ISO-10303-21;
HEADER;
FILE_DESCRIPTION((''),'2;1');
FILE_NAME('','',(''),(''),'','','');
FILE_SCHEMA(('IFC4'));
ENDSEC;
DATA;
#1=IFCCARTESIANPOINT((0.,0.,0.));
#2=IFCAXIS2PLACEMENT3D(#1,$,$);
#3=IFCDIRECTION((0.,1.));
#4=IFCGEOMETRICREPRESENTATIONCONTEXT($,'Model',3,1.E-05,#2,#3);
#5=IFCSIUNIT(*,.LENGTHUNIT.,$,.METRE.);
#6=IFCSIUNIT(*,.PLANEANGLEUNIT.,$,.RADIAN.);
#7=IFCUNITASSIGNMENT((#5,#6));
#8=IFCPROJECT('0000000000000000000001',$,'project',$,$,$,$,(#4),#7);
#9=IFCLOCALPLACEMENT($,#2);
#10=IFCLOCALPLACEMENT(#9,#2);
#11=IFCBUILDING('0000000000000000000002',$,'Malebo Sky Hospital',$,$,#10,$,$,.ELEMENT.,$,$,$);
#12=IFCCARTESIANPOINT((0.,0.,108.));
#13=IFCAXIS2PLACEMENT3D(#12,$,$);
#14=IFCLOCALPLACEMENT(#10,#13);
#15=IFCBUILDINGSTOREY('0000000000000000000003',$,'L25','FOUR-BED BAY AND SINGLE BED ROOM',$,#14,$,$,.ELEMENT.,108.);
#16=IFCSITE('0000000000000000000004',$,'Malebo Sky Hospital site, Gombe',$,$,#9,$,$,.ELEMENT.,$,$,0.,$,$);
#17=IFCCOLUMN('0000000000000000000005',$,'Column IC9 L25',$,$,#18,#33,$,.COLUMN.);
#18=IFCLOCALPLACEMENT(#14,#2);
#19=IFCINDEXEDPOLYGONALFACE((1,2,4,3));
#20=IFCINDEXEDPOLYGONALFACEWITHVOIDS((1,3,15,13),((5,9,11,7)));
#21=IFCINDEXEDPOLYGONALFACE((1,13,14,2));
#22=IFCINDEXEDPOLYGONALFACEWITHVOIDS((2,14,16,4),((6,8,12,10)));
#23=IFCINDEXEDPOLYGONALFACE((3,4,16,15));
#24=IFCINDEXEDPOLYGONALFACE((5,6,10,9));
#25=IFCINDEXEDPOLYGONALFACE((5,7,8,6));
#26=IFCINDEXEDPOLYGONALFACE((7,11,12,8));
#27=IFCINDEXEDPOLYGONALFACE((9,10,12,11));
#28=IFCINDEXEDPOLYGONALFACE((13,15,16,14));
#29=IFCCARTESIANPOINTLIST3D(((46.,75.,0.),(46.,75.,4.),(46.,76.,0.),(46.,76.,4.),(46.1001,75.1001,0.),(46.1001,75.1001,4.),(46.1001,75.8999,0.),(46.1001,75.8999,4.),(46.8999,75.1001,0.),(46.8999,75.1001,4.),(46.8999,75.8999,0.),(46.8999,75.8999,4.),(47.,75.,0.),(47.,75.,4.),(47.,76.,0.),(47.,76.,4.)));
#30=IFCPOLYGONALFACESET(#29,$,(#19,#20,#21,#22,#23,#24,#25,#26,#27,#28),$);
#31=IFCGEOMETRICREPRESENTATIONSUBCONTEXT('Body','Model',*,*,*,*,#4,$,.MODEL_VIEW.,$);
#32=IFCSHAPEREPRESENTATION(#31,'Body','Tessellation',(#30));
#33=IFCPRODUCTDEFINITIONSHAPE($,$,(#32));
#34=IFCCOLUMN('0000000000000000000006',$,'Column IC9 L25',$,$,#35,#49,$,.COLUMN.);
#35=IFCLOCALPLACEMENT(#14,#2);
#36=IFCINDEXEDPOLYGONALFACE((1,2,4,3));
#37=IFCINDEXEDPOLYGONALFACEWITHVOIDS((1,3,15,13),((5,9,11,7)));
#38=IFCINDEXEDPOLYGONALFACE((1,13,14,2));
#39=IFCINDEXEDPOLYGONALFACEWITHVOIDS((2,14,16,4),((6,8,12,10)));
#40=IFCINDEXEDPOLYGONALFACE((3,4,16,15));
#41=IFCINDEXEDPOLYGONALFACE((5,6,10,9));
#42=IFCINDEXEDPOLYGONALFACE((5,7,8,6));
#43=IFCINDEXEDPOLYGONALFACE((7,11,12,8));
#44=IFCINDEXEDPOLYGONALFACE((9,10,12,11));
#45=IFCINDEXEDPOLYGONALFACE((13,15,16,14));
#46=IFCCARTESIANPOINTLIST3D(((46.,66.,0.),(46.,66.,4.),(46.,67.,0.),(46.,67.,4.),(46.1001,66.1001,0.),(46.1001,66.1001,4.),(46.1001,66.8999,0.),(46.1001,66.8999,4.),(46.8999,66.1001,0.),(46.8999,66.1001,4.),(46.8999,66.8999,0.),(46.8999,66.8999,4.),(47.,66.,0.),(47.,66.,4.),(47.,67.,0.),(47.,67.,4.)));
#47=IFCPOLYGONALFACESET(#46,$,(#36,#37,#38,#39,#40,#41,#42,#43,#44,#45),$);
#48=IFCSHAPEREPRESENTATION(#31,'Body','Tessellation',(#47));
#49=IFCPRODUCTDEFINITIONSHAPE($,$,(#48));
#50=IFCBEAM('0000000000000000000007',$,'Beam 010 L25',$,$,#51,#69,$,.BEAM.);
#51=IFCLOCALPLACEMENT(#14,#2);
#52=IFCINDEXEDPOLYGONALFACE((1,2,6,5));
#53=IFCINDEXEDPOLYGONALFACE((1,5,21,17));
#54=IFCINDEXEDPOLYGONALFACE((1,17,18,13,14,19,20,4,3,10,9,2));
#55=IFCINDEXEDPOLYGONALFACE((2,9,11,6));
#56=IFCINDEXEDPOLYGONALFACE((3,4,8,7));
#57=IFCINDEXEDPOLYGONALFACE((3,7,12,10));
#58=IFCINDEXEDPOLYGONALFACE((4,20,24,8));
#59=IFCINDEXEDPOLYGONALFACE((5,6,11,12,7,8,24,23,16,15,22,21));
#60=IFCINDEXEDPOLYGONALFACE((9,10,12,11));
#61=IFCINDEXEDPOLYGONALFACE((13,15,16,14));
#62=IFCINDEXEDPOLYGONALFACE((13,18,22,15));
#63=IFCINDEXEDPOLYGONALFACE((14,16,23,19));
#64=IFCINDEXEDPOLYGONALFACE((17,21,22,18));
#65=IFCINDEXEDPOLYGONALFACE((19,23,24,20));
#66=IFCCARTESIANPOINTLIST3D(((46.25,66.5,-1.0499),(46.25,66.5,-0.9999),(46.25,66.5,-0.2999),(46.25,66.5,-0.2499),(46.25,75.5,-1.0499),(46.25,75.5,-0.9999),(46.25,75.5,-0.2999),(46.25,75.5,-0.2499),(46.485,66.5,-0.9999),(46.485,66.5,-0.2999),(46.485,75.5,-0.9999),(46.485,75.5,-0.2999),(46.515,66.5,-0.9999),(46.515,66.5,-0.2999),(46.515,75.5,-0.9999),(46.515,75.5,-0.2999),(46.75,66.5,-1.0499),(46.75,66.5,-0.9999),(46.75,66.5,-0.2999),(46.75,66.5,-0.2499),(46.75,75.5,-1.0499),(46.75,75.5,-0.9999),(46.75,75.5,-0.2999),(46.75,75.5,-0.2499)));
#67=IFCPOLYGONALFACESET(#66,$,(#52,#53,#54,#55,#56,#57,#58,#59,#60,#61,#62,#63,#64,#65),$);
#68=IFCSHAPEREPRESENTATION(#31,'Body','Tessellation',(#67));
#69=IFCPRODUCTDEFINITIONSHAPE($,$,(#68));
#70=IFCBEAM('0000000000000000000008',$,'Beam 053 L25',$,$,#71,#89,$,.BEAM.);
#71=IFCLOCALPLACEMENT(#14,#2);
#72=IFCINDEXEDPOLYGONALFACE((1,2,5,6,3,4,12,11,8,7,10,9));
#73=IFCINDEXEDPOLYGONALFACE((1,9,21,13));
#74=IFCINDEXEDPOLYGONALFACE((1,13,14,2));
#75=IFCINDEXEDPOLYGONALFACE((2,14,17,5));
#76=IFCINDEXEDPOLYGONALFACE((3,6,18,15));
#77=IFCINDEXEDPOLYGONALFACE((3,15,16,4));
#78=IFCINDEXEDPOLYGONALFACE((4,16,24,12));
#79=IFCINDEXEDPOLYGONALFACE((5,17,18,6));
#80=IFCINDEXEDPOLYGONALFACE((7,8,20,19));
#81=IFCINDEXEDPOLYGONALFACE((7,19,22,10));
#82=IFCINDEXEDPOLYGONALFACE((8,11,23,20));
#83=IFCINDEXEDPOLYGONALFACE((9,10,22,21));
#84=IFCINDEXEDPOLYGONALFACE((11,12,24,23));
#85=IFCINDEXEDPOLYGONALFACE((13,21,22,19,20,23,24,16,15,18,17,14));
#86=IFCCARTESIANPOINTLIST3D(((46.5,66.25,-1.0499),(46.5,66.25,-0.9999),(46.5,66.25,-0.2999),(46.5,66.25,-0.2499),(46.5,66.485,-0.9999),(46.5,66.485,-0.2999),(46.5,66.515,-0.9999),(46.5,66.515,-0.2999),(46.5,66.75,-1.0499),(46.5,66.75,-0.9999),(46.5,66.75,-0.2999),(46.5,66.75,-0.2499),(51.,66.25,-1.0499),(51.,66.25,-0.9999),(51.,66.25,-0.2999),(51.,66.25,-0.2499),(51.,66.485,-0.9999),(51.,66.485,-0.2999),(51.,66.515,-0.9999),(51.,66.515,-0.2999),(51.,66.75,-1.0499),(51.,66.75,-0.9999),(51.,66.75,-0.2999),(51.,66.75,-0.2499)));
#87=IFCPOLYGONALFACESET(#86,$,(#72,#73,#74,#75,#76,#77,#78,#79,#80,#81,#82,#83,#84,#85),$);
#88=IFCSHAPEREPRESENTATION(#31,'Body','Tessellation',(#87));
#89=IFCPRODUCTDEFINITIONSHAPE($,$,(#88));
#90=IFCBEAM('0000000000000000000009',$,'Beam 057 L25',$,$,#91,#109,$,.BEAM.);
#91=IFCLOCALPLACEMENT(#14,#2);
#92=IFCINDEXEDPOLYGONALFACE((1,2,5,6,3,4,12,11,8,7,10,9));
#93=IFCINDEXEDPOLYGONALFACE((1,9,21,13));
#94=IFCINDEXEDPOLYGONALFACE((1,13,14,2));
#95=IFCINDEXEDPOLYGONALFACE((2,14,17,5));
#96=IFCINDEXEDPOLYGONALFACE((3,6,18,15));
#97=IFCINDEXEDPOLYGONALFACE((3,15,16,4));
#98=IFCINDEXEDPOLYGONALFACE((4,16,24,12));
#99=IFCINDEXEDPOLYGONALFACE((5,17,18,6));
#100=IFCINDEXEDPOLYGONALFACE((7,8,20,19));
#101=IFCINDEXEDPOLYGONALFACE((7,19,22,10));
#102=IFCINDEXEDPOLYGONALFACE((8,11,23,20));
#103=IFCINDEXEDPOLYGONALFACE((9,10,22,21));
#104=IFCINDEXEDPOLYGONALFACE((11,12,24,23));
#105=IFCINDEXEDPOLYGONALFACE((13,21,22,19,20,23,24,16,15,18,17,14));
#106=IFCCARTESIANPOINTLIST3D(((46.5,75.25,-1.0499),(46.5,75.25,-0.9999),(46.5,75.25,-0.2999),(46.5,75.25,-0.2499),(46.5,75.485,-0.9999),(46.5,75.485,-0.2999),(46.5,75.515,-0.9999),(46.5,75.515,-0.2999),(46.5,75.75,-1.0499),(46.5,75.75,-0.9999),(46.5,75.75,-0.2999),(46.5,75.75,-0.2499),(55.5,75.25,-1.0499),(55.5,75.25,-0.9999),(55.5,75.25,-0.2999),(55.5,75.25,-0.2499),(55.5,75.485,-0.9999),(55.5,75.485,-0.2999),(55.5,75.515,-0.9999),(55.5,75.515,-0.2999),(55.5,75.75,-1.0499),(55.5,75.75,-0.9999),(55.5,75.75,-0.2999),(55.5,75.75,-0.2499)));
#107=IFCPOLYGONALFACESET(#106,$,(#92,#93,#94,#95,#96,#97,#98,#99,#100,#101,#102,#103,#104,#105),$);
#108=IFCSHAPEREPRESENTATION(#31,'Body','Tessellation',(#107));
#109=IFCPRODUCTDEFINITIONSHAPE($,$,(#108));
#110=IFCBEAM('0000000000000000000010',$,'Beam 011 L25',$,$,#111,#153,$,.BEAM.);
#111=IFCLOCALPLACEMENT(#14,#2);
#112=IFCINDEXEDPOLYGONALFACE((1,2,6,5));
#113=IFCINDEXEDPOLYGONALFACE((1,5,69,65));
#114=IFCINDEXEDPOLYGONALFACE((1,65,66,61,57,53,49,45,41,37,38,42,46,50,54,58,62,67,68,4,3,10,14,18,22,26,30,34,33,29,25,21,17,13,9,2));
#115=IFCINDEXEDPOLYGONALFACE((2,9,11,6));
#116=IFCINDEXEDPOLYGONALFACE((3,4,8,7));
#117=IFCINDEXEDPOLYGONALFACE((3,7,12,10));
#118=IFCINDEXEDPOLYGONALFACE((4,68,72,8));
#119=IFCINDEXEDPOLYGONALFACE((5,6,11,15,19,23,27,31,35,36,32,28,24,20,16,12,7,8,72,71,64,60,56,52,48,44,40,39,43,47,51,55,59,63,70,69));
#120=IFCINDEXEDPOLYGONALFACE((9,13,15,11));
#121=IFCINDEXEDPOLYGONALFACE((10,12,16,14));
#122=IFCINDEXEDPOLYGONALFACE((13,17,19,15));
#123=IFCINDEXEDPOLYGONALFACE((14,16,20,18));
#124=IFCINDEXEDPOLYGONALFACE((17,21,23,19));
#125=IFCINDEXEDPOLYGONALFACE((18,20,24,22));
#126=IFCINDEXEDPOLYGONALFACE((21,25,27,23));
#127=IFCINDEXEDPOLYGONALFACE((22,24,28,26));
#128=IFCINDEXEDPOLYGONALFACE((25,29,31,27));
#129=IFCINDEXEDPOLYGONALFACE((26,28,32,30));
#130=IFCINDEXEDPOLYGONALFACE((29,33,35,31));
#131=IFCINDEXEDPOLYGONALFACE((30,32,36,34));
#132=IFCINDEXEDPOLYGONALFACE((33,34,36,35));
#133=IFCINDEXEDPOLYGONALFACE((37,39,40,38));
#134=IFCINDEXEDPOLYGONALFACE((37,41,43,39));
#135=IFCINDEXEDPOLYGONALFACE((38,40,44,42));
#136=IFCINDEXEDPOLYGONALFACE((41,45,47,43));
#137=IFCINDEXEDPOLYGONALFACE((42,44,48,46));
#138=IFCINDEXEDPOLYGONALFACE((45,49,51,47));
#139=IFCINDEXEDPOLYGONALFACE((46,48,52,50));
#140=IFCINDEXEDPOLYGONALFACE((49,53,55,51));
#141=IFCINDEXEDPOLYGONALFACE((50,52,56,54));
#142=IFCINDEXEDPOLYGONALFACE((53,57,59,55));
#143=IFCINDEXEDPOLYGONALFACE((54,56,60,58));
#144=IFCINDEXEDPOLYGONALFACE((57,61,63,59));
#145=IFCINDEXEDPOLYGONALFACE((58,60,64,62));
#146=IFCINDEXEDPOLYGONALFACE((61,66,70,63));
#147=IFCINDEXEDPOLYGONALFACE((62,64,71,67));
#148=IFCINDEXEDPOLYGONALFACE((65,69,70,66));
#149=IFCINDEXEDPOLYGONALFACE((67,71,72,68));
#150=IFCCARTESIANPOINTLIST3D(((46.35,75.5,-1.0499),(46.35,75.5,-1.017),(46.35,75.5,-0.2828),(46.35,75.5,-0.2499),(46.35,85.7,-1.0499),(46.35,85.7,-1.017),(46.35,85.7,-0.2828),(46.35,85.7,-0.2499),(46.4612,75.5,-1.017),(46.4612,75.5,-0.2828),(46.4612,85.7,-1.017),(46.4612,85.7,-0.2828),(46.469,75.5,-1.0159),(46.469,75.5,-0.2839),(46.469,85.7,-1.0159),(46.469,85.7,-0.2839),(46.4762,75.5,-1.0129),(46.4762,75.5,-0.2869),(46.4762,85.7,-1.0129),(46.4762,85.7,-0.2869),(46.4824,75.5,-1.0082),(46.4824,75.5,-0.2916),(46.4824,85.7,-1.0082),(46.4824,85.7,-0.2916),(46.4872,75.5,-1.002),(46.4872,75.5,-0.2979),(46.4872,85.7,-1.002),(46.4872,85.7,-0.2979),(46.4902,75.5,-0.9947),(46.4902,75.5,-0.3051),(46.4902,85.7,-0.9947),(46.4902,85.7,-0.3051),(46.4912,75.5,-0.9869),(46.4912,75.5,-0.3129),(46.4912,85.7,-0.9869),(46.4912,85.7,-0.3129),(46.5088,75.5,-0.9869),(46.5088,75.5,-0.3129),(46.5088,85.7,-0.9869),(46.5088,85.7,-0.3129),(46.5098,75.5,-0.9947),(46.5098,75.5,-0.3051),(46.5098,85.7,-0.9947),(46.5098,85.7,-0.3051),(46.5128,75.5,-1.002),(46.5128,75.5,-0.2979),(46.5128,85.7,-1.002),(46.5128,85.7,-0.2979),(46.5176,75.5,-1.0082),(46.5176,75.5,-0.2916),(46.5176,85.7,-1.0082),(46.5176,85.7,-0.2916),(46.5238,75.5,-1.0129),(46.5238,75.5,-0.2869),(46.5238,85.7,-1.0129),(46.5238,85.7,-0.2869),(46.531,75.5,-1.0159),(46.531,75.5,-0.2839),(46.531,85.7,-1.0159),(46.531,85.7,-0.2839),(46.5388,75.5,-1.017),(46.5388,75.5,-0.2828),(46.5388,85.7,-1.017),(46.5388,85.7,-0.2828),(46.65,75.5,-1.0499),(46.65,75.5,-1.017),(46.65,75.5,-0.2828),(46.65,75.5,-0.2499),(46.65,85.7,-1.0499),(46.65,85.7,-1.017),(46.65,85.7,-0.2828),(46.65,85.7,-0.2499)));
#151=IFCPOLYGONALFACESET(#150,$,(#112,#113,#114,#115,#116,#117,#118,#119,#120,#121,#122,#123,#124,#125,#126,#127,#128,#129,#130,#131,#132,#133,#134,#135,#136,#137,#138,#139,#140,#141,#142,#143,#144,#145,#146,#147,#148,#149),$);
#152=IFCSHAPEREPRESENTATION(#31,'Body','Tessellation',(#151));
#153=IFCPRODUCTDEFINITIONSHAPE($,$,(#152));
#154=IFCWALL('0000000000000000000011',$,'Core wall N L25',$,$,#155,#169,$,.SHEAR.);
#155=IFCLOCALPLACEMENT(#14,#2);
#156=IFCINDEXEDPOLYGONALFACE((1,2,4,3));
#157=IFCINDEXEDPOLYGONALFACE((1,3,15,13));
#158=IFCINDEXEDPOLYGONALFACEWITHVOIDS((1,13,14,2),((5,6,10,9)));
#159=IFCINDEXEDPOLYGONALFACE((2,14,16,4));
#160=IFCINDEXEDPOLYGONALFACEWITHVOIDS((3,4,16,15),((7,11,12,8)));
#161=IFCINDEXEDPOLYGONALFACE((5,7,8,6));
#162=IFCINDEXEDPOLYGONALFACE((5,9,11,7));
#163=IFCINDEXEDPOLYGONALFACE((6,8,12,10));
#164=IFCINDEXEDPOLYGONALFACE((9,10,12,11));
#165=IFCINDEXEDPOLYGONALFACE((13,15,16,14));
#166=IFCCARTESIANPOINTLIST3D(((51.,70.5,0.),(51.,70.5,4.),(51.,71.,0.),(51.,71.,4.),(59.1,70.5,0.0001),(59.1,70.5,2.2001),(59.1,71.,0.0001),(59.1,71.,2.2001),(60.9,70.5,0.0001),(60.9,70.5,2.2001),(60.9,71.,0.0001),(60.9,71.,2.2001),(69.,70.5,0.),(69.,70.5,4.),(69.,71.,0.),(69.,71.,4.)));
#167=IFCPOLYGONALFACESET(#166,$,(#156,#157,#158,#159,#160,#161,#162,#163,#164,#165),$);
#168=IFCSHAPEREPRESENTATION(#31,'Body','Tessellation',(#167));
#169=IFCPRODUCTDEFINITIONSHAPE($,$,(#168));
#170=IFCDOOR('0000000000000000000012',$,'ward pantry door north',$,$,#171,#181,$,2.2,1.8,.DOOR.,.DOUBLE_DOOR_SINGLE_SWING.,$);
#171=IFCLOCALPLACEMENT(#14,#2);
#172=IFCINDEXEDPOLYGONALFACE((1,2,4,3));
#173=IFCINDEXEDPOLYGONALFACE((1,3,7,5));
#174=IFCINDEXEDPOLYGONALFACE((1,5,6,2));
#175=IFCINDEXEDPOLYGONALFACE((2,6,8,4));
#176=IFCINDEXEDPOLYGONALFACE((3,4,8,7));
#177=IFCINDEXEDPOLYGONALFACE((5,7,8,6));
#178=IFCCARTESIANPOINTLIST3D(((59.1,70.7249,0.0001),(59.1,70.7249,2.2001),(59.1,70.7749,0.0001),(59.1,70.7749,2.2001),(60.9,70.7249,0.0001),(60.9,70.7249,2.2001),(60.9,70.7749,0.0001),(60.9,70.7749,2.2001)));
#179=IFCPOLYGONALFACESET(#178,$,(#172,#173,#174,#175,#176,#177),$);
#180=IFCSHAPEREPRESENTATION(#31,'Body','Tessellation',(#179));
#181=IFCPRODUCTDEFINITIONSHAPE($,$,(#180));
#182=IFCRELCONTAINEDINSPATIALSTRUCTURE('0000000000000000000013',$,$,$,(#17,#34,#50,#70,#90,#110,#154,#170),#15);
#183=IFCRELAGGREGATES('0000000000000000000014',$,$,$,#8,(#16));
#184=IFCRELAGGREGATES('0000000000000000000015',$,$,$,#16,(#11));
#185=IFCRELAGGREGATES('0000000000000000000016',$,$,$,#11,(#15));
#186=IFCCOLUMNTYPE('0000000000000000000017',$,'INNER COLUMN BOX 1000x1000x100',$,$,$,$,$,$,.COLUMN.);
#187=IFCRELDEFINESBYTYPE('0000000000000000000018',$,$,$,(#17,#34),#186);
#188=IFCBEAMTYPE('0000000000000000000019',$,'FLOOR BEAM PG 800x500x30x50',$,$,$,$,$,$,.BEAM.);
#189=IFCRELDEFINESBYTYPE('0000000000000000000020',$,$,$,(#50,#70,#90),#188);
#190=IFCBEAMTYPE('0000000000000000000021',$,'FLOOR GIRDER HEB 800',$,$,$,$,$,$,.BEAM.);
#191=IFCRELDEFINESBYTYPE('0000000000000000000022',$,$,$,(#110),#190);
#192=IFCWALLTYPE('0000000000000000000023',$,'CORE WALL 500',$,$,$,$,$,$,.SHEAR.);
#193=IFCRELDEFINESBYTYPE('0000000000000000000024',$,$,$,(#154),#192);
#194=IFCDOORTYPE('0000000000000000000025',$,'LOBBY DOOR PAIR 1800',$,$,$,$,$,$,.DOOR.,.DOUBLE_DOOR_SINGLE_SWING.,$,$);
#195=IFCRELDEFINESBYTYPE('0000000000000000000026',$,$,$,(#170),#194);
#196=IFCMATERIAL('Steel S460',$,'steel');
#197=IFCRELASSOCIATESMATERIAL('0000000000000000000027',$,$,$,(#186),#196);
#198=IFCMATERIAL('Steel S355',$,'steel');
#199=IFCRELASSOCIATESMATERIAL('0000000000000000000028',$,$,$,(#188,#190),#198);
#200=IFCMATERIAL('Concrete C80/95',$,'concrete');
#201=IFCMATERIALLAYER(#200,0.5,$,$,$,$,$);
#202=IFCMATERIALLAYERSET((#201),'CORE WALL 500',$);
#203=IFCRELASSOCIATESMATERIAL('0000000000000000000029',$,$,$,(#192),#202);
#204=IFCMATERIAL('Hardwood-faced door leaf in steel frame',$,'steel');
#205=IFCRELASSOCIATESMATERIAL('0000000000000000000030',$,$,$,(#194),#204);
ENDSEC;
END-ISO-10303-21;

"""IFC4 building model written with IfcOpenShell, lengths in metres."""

from ifc_helpers import new_model, si_unit, direction, frame, frame_2d, origin, origin_2d, place, context, subcontext, project, spatial, rectangle, hollow_rectangle, i_section, extrude, material, layer, layer_set, material_profile, profile_set, type_object, element, fill, save


model = new_model("IFC4")

# Units and contexts
model_context = context("Model", 3, precision=1e-05, world=origin(), true_north=direction((0.0, 1.0)))
body_context = subcontext(model_context, "Body", "Model", "MODEL_VIEW")
ifc_project = project(units=[si_unit("LENGTHUNIT", "METRE"), si_unit("PLANEANGLEUNIT", "RADIAN")], contexts=[model_context])

# Site, building, storey
site_placement = place(None, origin())
site = spatial("IfcSite", under=ifc_project, at=site_placement, Name="Malebo Sky Hospital site, Gombe", CompositionType="ELEMENT", RefElevation=0.0)
building_placement = place(site_placement, origin())
building = spatial("IfcBuilding", under=site, at=building_placement, Name="Malebo Sky Hospital", CompositionType="ELEMENT")
storey_placement = place(building_placement, frame((0.0, 0.0, 108.0)))
storey = spatial("IfcBuildingStorey", under=building, at=storey_placement, Name="L25", Description="FOUR-BED BAY AND SINGLE BED ROOM", CompositionType="ELEMENT", Elevation=108.0)

# Columns
ifc_material_1 = material(Name="Steel S460", Category="steel")
ifc_material_profile_1 = material_profile(ifc_material_1, hollow_rectangle(XDim=1.0, YDim=1.0, WallThickness=0.1001, at=origin_2d()), Name="BOX 1000x1000x100")
ifc_profile_set_1 = profile_set([ifc_material_profile_1], Name="Steel S460")
column_type = type_object("IfcColumnType", Name="INNER COLUMN BOX 1000x1000x100", PredefinedType="COLUMN", material=ifc_profile_set_1)
for number, where, z_axis, x_axis, name in (
    (1, (46.5, 75.5, 0.0), (0.0, 0.0, 1.0), (1.0, 0.0, 0.0), "Column IC9 L25"),
    (2, (46.5, 66.5, 0.0), (0.0, 0.0, 1.0), (1.0, 0.0, 0.0), "Column IC9 L25"),
):
    element("IfcColumn", number, at=place(storey_placement, frame(where, z_axis=z_axis, x_axis=x_axis)), inside=storey, type_object=column_type, Name=name, PredefinedType="COLUMN", context=body_context, shape_type="SweptSolid", body=[
        extrude(hollow_rectangle(XDim=1.0, YDim=1.0, WallThickness=0.1001, at=origin_2d()), origin(), (0.0, 0.0, 1.0), 4.0),
    ])

# Beams
ifc_material_2 = material(Name="Steel S355", Category="steel")
ifc_material_profile_2 = material_profile(ifc_material_2, i_section(OverallWidth=0.5, OverallDepth=0.8, WebThickness=0.03, FlangeThickness=0.05, at=origin_2d()), Name="PG 800x500x30x50")
ifc_profile_set_2 = profile_set([ifc_material_profile_2], Name="Steel S355")
beam_type_1 = type_object("IfcBeamType", Name="FLOOR BEAM PG 800x500x30x50", PredefinedType="BEAM", material=ifc_profile_set_2)
beam_1_placement = place(storey_placement, frame((46.5, 66.5, -0.6499), z_axis=(0.0, 1.0, 0.0), x_axis=(-1.0, 0.0, 0.0)))
element("IfcBeam", 3, at=beam_1_placement, inside=storey, type_object=beam_type_1, Name="Beam 010 L25", PredefinedType="BEAM", context=body_context, shape_type="SweptSolid", body=[
    extrude(i_section(OverallWidth=0.5, OverallDepth=0.8, WebThickness=0.03, FlangeThickness=0.05, at=origin_2d()), origin(), (0.0, 0.0, 1.0), 9.0),
])
beam_2_placement = place(storey_placement, frame((46.5, 66.5, -0.6499), z_axis=(1.0, 0.0, 0.0), x_axis=(0.0, 1.0, 0.0)))
element("IfcBeam", 4, at=beam_2_placement, inside=storey, type_object=beam_type_1, Name="Beam 053 L25", PredefinedType="BEAM", context=body_context, shape_type="SweptSolid", body=[
    extrude(i_section(OverallWidth=0.5, OverallDepth=0.8, WebThickness=0.03, FlangeThickness=0.05, at=origin_2d()), origin(), (0.0, 0.0, 1.0), 4.5),
])
beam_3_placement = place(storey_placement, frame((46.5, 75.5, -0.6499), z_axis=(1.0, 0.0, 0.0), x_axis=(0.0, 1.0, 0.0)))
element("IfcBeam", 5, at=beam_3_placement, inside=storey, type_object=beam_type_1, Name="Beam 057 L25", PredefinedType="BEAM", context=body_context, shape_type="SweptSolid", body=[
    extrude(i_section(OverallWidth=0.5, OverallDepth=0.8, WebThickness=0.03, FlangeThickness=0.05, at=origin_2d()), origin(), (0.0, 0.0, 1.0), 9.0),
])
ifc_material_profile_3 = material_profile(ifc_material_2, i_section(OverallWidth=0.3, OverallDepth=0.8, WebThickness=0.0176, FlangeThickness=0.033, FilletRadius=0.03, at=origin_2d()), Name="HEB 800")
ifc_profile_set_3 = profile_set([ifc_material_profile_3], Name="Steel S355")
beam_type_2 = type_object("IfcBeamType", Name="FLOOR GIRDER HEB 800", PredefinedType="BEAM", material=ifc_profile_set_3)
beam_4_placement = place(storey_placement, frame((46.5, 75.5, -0.6499), z_axis=(0.0, 1.0, 0.0), x_axis=(-1.0, 0.0, 0.0)))
element("IfcBeam", 6, at=beam_4_placement, inside=storey, type_object=beam_type_2, Name="Beam 011 L25", PredefinedType="BEAM", context=body_context, shape_type="SweptSolid", body=[
    extrude(i_section(OverallWidth=0.3, OverallDepth=0.8, WebThickness=0.0176, FlangeThickness=0.033, FilletRadius=0.03, at=origin_2d()), origin(), (0.0, 0.0, 1.0), 10.2),
])

# Wall, opening, door
ifc_material_3 = material(Name="Concrete C80/95", Category="concrete")
ifc_layer_1 = layer(ifc_material_3, 0.5)
ifc_layer_set_1 = layer_set([ifc_layer_1], Name="CORE WALL 500")
wall_type_1 = type_object("IfcWallType", Name="CORE WALL 500", PredefinedType="SHEAR", material=ifc_layer_set_1)
wall_1_placement = place(storey_placement, frame((51.0, 70.75, 0.0), z_axis=(0.0, 0.0, 1.0), x_axis=(1.0, 0.0, 0.0)))
wall_1 = element("IfcWall", 7, at=wall_1_placement, inside=storey, type_object=wall_type_1, Name="Core wall N L25", PredefinedType="SHEAR", context=body_context, shape_type="SweptSolid", body=[
    extrude(rectangle(XDim=18.0, YDim=0.5, at=frame_2d((9.0, 0.0))), origin(), (0.0, 0.0, 1.0), 4.0),
])
opening_1_placement = place(wall_1_placement, frame((8.1001, 0.0, 0.0)))
opening_1 = element("IfcOpeningElement", 8, at=opening_1_placement, cuts=wall_1, PredefinedType="OPENING", context=body_context, shape_type="SweptSolid", body=[
    extrude(rectangle(XDim=1.8, YDim=2.2, at=frame_2d((0.8999, 1.1001))), frame((0.0, 0.26, 0.0), z_axis=(0.0, -1.0, 0.0), x_axis=(1.0, 0.0, 0.0)), (0.0, 0.0, 1.0), 0.52),
])
ifc_material_4 = material(Name="Hardwood-faced door leaf in steel frame", Category="steel")
door_type_1 = type_object("IfcDoorType", Name="LOBBY DOOR PAIR 1800", OperationType="DOUBLE_DOOR_SINGLE_SWING", PredefinedType="DOOR", material=ifc_material_4)
door_1_placement = place(opening_1_placement, origin())
door_1 = element("IfcDoor", 9, at=door_1_placement, inside=storey, type_object=door_type_1, Name="ward pantry door north", OperationType="DOUBLE_DOOR_SINGLE_SWING", OverallHeight=2.2, OverallWidth=1.8, PredefinedType="DOOR", context=body_context, shape_type="SweptSolid", body=[
    extrude(rectangle(XDim=1.8, YDim=2.2, at=frame_2d((0.8999, 1.1001))), frame((0.0, 0.0249, 0.0), z_axis=(0.0, -1.0, 0.0), x_axis=(1.0, 0.0, 0.0)), (0.0, 0.0, 1.0), 0.05),
])
fill(opening_1, door_1)

save(model, "model.ifc")
